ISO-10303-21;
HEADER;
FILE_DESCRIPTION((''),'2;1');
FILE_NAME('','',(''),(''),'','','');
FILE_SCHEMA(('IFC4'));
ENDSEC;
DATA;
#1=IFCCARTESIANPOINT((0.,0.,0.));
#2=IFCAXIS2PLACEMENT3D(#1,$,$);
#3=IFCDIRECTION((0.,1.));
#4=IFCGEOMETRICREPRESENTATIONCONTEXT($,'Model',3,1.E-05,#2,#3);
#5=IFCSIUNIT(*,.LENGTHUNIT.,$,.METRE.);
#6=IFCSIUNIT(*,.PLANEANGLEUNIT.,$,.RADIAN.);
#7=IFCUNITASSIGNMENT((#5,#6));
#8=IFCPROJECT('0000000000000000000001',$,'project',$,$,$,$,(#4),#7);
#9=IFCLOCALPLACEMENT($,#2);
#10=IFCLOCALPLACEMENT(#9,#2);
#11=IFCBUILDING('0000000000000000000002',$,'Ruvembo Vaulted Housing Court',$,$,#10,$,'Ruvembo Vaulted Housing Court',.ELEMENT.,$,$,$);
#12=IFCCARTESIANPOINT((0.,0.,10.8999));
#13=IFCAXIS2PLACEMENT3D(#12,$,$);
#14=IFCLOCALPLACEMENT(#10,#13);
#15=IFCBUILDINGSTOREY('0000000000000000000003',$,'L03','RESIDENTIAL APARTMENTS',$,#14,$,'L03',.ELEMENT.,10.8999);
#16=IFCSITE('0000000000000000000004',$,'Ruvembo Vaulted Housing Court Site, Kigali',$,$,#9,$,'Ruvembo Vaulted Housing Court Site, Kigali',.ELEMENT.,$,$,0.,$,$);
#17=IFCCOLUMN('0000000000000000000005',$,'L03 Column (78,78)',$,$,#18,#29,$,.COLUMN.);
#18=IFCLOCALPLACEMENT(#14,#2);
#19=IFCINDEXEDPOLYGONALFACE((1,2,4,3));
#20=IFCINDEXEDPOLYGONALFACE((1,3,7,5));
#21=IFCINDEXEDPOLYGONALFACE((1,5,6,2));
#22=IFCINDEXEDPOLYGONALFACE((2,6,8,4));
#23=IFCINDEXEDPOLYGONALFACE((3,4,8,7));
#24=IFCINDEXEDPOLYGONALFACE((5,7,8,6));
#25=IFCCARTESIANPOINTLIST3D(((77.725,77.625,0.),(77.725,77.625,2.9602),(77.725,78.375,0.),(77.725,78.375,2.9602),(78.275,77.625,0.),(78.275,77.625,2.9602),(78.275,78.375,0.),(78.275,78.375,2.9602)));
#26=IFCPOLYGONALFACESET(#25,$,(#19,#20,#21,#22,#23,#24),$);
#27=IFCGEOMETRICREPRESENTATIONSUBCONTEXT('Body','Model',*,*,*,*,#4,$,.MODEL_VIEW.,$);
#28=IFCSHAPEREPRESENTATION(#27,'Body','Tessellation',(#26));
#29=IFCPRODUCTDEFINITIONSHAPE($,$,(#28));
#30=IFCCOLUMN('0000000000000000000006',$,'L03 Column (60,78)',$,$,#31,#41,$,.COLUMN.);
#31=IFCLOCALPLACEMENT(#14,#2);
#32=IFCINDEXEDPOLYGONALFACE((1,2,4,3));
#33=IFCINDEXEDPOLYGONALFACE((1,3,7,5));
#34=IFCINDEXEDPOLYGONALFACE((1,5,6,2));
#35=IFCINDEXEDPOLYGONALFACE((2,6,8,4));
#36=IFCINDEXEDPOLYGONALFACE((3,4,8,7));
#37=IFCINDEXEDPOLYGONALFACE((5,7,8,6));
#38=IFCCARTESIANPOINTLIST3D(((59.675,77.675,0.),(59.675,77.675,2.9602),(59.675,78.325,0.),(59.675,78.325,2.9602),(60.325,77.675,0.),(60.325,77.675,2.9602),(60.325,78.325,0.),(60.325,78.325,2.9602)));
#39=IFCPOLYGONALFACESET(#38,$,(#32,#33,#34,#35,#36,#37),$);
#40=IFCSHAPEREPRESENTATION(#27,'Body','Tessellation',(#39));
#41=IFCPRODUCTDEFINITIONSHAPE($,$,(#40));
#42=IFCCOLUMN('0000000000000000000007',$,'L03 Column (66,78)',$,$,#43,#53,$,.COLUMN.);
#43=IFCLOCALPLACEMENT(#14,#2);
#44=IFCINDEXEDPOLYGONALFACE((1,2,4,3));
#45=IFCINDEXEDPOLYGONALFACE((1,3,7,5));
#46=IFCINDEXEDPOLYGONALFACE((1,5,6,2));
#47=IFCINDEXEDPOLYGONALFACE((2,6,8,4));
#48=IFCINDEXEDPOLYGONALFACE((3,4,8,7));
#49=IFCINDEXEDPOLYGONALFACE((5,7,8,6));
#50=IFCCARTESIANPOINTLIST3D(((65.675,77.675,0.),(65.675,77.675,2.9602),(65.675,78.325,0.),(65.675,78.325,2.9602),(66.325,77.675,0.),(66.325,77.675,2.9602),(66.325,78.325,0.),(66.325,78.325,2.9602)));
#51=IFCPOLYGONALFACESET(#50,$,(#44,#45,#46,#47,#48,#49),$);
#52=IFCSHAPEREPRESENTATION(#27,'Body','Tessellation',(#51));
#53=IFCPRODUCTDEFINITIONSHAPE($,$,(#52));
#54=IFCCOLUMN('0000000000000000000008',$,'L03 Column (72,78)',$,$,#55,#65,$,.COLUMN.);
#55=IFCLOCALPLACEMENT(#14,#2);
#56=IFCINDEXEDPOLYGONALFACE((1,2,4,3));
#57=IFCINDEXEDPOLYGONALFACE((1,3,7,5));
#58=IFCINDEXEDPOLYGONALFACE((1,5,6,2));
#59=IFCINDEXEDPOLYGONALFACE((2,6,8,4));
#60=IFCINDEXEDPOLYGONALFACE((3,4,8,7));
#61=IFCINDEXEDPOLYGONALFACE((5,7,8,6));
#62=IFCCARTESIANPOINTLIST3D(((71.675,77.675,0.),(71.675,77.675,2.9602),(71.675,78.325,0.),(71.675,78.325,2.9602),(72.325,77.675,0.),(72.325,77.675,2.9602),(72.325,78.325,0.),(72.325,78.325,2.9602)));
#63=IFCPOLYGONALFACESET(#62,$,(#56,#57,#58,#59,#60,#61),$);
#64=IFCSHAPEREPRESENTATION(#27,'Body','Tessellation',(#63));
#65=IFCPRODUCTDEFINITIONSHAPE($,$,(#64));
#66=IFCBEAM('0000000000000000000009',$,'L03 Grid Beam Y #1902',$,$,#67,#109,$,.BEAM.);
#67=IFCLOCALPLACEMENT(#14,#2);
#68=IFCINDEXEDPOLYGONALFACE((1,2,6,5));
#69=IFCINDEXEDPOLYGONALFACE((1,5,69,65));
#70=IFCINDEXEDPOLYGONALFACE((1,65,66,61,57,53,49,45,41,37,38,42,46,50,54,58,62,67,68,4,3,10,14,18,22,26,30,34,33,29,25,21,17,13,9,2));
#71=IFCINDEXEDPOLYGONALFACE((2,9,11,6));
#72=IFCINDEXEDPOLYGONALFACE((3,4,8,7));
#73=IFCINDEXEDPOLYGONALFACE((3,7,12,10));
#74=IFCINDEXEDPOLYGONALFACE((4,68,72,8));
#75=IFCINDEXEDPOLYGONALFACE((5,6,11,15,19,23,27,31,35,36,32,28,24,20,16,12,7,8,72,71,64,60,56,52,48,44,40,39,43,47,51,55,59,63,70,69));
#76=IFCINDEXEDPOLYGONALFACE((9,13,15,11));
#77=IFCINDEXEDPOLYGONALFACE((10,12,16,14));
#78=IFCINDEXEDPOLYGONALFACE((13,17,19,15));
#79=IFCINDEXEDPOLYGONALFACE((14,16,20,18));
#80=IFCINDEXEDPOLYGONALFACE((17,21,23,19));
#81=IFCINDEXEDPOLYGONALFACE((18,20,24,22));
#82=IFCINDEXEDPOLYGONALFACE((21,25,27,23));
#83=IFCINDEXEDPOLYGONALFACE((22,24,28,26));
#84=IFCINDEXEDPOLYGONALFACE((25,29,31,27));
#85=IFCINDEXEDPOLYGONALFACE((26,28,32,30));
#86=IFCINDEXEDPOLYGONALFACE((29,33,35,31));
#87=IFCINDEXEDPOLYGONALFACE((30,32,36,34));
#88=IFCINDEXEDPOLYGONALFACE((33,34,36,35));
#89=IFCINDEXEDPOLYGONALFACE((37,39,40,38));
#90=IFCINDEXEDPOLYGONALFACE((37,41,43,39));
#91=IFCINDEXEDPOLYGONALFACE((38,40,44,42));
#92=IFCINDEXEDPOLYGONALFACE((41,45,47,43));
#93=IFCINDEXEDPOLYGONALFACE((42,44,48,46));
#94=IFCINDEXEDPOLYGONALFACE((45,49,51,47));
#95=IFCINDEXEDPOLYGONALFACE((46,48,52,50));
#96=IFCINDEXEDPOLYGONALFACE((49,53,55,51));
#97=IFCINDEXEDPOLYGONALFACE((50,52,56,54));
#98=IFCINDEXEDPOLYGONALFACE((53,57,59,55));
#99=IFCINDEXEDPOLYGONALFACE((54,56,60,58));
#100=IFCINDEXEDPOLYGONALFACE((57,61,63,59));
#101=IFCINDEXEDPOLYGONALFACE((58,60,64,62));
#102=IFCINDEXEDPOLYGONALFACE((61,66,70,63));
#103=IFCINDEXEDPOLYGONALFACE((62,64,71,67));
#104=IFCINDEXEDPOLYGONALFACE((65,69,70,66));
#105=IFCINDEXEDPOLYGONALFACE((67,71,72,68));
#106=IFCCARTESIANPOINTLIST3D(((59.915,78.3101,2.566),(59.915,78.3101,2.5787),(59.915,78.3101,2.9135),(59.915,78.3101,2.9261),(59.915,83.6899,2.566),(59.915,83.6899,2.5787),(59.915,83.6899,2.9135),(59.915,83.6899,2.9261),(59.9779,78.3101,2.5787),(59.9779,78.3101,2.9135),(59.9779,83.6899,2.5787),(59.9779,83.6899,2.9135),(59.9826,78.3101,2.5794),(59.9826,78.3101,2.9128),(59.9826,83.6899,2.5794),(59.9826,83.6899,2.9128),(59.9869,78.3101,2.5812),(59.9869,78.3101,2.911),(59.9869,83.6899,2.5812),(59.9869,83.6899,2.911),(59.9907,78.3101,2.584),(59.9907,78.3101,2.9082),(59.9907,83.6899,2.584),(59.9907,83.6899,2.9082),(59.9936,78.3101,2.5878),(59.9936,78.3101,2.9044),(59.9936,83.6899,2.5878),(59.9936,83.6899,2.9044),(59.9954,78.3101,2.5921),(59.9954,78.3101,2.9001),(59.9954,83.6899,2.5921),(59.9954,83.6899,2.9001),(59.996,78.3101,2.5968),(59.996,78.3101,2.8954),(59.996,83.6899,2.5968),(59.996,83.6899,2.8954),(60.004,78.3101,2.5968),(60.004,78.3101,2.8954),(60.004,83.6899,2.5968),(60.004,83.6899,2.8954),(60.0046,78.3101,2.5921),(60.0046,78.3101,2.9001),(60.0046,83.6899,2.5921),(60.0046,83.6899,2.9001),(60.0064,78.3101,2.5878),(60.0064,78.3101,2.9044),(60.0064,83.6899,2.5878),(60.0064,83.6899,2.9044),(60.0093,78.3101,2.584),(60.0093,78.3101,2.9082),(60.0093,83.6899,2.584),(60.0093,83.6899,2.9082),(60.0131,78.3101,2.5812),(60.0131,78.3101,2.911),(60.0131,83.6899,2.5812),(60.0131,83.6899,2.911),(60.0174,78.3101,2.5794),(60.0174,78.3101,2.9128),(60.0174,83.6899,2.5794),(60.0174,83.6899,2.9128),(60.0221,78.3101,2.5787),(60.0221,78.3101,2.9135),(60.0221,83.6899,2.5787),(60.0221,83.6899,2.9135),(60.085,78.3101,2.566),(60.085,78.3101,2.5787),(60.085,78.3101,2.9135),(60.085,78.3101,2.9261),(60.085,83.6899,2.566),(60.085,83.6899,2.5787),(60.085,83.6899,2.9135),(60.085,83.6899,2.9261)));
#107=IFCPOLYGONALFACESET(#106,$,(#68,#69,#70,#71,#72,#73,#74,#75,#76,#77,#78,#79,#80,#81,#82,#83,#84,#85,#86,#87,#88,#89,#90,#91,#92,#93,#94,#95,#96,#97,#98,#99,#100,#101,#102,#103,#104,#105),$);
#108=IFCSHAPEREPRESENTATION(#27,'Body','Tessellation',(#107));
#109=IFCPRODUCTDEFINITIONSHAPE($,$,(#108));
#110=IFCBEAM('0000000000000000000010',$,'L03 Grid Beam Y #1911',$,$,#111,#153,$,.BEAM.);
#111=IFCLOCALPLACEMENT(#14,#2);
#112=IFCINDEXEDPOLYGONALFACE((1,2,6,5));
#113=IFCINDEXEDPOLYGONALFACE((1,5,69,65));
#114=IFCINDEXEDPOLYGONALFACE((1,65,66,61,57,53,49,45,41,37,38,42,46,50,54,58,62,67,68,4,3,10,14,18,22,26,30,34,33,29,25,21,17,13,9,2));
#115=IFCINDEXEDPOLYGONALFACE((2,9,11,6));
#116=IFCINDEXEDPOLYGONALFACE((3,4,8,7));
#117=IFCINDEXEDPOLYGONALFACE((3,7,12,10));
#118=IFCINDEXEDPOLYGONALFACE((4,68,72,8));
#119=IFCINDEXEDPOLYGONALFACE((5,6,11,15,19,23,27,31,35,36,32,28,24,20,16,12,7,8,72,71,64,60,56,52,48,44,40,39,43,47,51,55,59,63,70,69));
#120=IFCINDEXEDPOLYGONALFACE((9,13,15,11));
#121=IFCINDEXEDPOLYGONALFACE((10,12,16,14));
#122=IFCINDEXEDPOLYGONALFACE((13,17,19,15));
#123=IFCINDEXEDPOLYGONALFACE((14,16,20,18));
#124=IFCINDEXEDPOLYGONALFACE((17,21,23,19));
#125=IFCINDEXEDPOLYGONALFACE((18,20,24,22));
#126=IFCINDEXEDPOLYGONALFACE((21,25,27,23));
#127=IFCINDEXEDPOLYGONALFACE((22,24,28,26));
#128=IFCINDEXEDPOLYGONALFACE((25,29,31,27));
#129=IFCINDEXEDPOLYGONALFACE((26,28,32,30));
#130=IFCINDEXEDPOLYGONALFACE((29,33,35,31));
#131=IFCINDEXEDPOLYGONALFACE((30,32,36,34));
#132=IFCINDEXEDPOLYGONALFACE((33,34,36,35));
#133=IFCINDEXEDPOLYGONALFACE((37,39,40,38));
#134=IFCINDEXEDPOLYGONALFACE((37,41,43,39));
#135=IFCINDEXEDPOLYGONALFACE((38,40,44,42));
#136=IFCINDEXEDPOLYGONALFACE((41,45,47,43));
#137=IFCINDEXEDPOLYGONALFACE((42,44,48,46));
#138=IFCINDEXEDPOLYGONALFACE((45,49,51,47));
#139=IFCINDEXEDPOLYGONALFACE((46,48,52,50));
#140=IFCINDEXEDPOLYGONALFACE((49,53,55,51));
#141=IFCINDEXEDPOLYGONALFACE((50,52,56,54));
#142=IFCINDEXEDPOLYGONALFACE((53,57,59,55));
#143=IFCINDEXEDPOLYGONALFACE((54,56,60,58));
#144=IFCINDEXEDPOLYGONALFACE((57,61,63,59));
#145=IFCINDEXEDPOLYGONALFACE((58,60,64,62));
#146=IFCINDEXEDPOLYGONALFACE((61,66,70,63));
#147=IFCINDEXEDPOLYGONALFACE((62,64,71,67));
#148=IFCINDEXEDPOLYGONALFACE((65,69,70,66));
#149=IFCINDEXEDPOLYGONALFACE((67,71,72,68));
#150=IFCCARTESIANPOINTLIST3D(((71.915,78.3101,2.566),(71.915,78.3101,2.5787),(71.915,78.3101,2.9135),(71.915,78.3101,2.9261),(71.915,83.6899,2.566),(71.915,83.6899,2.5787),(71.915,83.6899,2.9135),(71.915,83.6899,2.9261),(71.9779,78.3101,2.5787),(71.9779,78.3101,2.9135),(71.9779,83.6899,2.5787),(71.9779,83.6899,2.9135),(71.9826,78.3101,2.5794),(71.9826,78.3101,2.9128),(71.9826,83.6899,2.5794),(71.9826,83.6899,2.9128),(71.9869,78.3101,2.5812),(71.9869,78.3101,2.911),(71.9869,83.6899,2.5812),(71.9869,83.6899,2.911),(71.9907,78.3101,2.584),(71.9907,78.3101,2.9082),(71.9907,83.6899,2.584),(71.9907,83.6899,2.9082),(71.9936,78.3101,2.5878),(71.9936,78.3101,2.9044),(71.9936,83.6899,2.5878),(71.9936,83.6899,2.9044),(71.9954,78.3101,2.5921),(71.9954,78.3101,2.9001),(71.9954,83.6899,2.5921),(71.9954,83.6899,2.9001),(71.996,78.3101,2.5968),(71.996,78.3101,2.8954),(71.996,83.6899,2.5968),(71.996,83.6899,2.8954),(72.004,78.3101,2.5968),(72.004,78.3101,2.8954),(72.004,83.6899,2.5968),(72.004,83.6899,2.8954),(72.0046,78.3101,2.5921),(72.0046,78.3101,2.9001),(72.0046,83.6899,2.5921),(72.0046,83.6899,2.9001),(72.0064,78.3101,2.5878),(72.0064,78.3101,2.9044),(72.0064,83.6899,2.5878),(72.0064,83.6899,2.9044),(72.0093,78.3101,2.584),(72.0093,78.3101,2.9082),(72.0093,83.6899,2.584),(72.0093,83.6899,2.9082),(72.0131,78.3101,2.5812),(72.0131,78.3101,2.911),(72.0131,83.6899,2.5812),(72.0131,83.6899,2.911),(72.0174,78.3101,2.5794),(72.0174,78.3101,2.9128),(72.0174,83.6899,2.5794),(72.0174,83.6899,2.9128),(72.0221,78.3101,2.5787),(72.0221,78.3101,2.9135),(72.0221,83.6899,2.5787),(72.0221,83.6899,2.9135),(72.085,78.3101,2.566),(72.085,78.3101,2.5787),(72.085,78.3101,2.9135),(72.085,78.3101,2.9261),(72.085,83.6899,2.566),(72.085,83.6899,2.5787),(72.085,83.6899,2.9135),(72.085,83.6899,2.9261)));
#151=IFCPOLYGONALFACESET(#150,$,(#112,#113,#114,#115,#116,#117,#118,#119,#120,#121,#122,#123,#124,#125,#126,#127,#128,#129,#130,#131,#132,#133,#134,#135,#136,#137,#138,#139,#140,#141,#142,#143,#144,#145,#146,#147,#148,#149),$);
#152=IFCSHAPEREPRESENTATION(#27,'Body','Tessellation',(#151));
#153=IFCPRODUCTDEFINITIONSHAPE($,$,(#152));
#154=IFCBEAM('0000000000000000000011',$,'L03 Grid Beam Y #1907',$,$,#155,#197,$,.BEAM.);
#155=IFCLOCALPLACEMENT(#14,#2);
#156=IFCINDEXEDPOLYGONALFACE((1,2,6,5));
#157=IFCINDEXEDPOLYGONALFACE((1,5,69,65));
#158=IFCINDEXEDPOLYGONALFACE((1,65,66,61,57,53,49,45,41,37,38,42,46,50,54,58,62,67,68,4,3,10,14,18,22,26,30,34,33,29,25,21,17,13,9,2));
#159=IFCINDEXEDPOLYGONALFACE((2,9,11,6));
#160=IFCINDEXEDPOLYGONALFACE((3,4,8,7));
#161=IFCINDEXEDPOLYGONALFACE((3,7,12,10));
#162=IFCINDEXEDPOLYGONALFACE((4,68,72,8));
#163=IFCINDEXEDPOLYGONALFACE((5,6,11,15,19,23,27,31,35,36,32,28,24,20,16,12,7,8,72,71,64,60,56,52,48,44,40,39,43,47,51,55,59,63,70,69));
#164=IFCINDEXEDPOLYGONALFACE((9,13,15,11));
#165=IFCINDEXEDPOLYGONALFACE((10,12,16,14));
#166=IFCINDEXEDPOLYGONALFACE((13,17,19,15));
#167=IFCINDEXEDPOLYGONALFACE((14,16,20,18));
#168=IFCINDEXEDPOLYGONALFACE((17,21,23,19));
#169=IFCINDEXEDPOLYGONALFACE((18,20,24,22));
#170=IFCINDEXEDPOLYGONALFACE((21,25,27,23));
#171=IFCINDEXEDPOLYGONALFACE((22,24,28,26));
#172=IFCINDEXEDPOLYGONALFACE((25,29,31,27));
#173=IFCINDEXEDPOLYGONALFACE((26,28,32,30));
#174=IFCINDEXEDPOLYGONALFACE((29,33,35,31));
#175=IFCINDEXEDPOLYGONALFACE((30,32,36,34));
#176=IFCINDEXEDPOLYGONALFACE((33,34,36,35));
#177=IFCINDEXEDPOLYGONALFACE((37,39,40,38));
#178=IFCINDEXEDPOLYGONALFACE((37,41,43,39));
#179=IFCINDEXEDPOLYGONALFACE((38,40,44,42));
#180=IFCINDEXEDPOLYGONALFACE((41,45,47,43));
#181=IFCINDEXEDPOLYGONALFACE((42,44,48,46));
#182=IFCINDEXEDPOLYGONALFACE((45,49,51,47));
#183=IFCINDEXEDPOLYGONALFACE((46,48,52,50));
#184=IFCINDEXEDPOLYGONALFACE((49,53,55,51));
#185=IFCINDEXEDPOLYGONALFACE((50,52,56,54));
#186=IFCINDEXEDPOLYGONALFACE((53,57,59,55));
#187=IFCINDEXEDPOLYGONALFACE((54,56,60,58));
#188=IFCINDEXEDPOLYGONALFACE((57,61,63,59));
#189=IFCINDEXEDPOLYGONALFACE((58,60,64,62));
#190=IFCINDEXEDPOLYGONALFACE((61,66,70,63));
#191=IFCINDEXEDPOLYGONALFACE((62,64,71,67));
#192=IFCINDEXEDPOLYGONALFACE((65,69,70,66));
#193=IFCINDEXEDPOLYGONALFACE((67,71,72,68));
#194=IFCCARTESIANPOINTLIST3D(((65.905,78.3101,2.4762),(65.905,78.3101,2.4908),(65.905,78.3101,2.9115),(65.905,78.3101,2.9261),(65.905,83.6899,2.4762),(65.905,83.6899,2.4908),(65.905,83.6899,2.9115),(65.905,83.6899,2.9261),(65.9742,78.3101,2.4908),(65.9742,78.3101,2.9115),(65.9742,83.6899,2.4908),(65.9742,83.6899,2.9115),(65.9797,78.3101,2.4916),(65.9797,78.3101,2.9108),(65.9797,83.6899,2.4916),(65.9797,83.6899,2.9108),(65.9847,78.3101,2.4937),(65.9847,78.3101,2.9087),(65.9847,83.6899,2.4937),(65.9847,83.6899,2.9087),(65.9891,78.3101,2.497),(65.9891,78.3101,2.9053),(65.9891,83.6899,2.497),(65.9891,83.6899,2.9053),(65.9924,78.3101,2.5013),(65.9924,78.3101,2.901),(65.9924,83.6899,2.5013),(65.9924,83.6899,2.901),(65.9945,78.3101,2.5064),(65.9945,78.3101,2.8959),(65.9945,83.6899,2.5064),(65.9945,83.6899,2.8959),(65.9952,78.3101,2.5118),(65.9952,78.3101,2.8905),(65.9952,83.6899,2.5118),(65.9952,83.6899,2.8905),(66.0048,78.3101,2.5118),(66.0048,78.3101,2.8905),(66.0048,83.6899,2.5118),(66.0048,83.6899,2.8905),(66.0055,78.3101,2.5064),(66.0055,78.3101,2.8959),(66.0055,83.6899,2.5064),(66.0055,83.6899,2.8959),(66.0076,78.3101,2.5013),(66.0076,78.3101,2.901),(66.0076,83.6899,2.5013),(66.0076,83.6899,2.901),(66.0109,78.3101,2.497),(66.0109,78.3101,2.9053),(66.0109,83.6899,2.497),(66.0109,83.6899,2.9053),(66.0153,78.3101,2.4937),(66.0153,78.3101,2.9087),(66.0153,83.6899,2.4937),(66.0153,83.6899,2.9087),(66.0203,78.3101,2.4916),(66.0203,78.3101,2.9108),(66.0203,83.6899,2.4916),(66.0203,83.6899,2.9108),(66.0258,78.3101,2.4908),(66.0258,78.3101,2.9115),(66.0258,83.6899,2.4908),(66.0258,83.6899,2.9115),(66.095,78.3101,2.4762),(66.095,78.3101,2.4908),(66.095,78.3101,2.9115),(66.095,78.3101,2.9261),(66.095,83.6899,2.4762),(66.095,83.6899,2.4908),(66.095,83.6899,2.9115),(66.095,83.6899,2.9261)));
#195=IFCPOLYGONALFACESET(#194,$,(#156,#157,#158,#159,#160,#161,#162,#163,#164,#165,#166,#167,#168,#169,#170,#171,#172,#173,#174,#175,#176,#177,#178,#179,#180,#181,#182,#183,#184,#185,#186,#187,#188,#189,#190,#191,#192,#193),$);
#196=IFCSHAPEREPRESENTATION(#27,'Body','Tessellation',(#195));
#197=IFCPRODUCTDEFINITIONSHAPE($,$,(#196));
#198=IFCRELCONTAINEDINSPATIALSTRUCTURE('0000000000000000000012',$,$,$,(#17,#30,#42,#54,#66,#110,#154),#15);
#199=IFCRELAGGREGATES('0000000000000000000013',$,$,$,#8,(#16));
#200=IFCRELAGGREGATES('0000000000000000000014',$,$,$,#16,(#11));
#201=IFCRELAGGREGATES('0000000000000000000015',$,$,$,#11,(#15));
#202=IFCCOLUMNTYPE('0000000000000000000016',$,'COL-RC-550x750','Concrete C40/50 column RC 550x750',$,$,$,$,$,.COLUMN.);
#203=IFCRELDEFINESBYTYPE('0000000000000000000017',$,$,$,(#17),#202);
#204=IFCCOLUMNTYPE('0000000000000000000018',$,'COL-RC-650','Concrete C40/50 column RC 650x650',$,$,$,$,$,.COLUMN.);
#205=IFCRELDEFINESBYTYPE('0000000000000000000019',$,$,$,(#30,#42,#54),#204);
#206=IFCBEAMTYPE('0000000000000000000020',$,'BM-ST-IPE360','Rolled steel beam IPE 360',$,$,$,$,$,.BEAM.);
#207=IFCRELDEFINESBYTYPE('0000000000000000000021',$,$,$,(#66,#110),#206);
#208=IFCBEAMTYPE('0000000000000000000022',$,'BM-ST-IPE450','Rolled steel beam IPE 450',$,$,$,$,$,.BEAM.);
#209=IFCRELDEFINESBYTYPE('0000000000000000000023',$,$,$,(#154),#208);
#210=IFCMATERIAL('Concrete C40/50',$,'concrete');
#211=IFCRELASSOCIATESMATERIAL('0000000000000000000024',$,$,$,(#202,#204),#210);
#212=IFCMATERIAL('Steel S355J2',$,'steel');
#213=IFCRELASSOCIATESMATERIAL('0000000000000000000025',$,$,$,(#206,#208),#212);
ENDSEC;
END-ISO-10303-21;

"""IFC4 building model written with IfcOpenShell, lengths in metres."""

from ifc_helpers import new_model, si_unit, direction, frame, origin, origin_2d, place, context, subcontext, project, spatial, rectangle, i_section, extrude, material, material_profile, profile_set, type_object, element, save


model = new_model("IFC4")

# Units and contexts
model_context = context("Model", 3, precision=1e-05, world=origin(), true_north=direction((0.0, 1.0)))
body_context = subcontext(model_context, "Body", "Model", "MODEL_VIEW")
ifc_project = project(units=[si_unit("LENGTHUNIT", "METRE"), si_unit("PLANEANGLEUNIT", "RADIAN")], contexts=[model_context])

# Site, building, storey
site_placement = place(None, origin())
site = spatial("IfcSite", under=ifc_project, at=site_placement, Name="Ruvembo Vaulted Housing Court Site, Kigali", LongName="Ruvembo Vaulted Housing Court Site, Kigali", CompositionType="ELEMENT", RefElevation=0.0)
building_placement = place(site_placement, origin())
building = spatial("IfcBuilding", under=site, at=building_placement, Name="Ruvembo Vaulted Housing Court", LongName="Ruvembo Vaulted Housing Court", CompositionType="ELEMENT")
storey_placement = place(building_placement, frame((0.0, 0.0, 10.8999)))
storey = spatial("IfcBuildingStorey", under=building, at=storey_placement, Name="L03", Description="RESIDENTIAL APARTMENTS", LongName="L03", CompositionType="ELEMENT", Elevation=10.8999)

# Columns
ifc_material_1 = material(Name="Concrete C40/50", Category="concrete")
ifc_material_profile_1 = material_profile(ifc_material_1, rectangle(XDim=0.55, YDim=0.75, at=origin_2d()), Name="RC 550x750")
ifc_profile_set_1 = profile_set([ifc_material_profile_1], Name="Concrete C40/50")
column_type_1 = type_object("IfcColumnType", Name="COL-RC-550x750", Description="Concrete C40/50 column RC 550x750", PredefinedType="COLUMN", material=ifc_profile_set_1)
column_placement = place(storey_placement, frame((78.0, 78.0, 0.0), z_axis=(0.0, 0.0, 1.0), x_axis=(1.0, 0.0, 0.0)))
element("IfcColumn", 1, at=column_placement, inside=storey, type_object=column_type_1, Name="L03 Column (78,78)", PredefinedType="COLUMN", context=body_context, shape_type="SweptSolid", body=[
    extrude(rectangle(XDim=0.55, YDim=0.75, at=origin_2d()), origin(), (0.0, 0.0, 1.0), 2.9602),
])
ifc_material_profile_2 = material_profile(ifc_material_1, rectangle(XDim=0.6499, YDim=0.6499, at=origin_2d()), Name="RC 650x650")
ifc_profile_set_2 = profile_set([ifc_material_profile_2], Name="Concrete C40/50")
column_type_2 = type_object("IfcColumnType", Name="COL-RC-650", Description="Concrete C40/50 column RC 650x650", PredefinedType="COLUMN", material=ifc_profile_set_2)
for number, where, z_axis, x_axis, name in (
    (2, (60.0, 78.0, 0.0), (0.0, 0.0, 1.0), (1.0, 0.0, 0.0), "L03 Column (60,78)"),
    (3, (66.0, 78.0, 0.0), (0.0, 0.0, 1.0), (1.0, 0.0, 0.0), "L03 Column (66,78)"),
    (4, (72.0, 78.0, 0.0), (0.0, 0.0, 1.0), (1.0, 0.0, 0.0), "L03 Column (72,78)"),
):
    element("IfcColumn", number, at=place(storey_placement, frame(where, z_axis=z_axis, x_axis=x_axis)), inside=storey, type_object=column_type_2, Name=name, PredefinedType="COLUMN", context=body_context, shape_type="SweptSolid", body=[
        extrude(rectangle(XDim=0.6499, YDim=0.6499, at=origin_2d()), origin(), (0.0, 0.0, 1.0), 2.9602),
    ])

# Beams
ifc_material_2 = material(Name="Steel S355J2", Category="steel")
ifc_material_profile_3 = material_profile(ifc_material_2, i_section(OverallWidth=0.1699, OverallDepth=0.3601, WebThickness=0.0081, FlangeThickness=0.0127, FilletRadius=0.0181, at=origin_2d()), Name="IPE 360")
ifc_profile_set_3 = profile_set([ifc_material_profile_3], Name="Steel S355J2")
beam_type_1 = type_object("IfcBeamType", Name="BM-ST-IPE360", Description="Rolled steel beam IPE 360", PredefinedType="BEAM", material=ifc_profile_set_3)
for number, where, z_axis, x_axis, name in (
    (5, (60.0, 78.3101, 2.7461), (0.0, 1.0, 0.0), (-1.0, 0.0, 0.0), "L03 Grid Beam Y #1902"),
    (6, (72.0, 78.3101, 2.7461), (0.0, 1.0, 0.0), (-1.0, 0.0, 0.0), "L03 Grid Beam Y #1911"),
):
    element("IfcBeam", number, at=place(storey_placement, frame(where, z_axis=z_axis, x_axis=x_axis)), inside=storey, type_object=beam_type_1, Name=name, PredefinedType="BEAM", context=body_context, shape_type="SweptSolid", body=[
        extrude(i_section(OverallWidth=0.1699, OverallDepth=0.3601, WebThickness=0.0081, FlangeThickness=0.0127, FilletRadius=0.0181, at=origin_2d()), origin(), (0.0, 0.0, 1.0), 5.3799),
    ])
ifc_material_profile_4 = material_profile(ifc_material_2, i_section(OverallWidth=0.1899, OverallDepth=0.45, WebThickness=0.0095, FlangeThickness=0.0146, FilletRadius=0.021, at=origin_2d()), Name="IPE 450")
ifc_profile_set_4 = profile_set([ifc_material_profile_4], Name="Steel S355J2")
beam_type_2 = type_object("IfcBeamType", Name="BM-ST-IPE450", Description="Rolled steel beam IPE 450", PredefinedType="BEAM", material=ifc_profile_set_4)
beam_1_placement = place(storey_placement, frame((66.0, 78.3101, 2.7012), z_axis=(0.0, 1.0, 0.0), x_axis=(-1.0, 0.0, 0.0)))
element("IfcBeam", 7, at=beam_1_placement, inside=storey, type_object=beam_type_2, Name="L03 Grid Beam Y #1907", PredefinedType="BEAM", context=body_context, shape_type="SweptSolid", body=[
    extrude(i_section(OverallWidth=0.1899, OverallDepth=0.45, WebThickness=0.0095, FlangeThickness=0.0146, FilletRadius=0.021, at=origin_2d()), origin(), (0.0, 0.0, 1.0), 5.3799),
])

save(model, "model.ifc")
